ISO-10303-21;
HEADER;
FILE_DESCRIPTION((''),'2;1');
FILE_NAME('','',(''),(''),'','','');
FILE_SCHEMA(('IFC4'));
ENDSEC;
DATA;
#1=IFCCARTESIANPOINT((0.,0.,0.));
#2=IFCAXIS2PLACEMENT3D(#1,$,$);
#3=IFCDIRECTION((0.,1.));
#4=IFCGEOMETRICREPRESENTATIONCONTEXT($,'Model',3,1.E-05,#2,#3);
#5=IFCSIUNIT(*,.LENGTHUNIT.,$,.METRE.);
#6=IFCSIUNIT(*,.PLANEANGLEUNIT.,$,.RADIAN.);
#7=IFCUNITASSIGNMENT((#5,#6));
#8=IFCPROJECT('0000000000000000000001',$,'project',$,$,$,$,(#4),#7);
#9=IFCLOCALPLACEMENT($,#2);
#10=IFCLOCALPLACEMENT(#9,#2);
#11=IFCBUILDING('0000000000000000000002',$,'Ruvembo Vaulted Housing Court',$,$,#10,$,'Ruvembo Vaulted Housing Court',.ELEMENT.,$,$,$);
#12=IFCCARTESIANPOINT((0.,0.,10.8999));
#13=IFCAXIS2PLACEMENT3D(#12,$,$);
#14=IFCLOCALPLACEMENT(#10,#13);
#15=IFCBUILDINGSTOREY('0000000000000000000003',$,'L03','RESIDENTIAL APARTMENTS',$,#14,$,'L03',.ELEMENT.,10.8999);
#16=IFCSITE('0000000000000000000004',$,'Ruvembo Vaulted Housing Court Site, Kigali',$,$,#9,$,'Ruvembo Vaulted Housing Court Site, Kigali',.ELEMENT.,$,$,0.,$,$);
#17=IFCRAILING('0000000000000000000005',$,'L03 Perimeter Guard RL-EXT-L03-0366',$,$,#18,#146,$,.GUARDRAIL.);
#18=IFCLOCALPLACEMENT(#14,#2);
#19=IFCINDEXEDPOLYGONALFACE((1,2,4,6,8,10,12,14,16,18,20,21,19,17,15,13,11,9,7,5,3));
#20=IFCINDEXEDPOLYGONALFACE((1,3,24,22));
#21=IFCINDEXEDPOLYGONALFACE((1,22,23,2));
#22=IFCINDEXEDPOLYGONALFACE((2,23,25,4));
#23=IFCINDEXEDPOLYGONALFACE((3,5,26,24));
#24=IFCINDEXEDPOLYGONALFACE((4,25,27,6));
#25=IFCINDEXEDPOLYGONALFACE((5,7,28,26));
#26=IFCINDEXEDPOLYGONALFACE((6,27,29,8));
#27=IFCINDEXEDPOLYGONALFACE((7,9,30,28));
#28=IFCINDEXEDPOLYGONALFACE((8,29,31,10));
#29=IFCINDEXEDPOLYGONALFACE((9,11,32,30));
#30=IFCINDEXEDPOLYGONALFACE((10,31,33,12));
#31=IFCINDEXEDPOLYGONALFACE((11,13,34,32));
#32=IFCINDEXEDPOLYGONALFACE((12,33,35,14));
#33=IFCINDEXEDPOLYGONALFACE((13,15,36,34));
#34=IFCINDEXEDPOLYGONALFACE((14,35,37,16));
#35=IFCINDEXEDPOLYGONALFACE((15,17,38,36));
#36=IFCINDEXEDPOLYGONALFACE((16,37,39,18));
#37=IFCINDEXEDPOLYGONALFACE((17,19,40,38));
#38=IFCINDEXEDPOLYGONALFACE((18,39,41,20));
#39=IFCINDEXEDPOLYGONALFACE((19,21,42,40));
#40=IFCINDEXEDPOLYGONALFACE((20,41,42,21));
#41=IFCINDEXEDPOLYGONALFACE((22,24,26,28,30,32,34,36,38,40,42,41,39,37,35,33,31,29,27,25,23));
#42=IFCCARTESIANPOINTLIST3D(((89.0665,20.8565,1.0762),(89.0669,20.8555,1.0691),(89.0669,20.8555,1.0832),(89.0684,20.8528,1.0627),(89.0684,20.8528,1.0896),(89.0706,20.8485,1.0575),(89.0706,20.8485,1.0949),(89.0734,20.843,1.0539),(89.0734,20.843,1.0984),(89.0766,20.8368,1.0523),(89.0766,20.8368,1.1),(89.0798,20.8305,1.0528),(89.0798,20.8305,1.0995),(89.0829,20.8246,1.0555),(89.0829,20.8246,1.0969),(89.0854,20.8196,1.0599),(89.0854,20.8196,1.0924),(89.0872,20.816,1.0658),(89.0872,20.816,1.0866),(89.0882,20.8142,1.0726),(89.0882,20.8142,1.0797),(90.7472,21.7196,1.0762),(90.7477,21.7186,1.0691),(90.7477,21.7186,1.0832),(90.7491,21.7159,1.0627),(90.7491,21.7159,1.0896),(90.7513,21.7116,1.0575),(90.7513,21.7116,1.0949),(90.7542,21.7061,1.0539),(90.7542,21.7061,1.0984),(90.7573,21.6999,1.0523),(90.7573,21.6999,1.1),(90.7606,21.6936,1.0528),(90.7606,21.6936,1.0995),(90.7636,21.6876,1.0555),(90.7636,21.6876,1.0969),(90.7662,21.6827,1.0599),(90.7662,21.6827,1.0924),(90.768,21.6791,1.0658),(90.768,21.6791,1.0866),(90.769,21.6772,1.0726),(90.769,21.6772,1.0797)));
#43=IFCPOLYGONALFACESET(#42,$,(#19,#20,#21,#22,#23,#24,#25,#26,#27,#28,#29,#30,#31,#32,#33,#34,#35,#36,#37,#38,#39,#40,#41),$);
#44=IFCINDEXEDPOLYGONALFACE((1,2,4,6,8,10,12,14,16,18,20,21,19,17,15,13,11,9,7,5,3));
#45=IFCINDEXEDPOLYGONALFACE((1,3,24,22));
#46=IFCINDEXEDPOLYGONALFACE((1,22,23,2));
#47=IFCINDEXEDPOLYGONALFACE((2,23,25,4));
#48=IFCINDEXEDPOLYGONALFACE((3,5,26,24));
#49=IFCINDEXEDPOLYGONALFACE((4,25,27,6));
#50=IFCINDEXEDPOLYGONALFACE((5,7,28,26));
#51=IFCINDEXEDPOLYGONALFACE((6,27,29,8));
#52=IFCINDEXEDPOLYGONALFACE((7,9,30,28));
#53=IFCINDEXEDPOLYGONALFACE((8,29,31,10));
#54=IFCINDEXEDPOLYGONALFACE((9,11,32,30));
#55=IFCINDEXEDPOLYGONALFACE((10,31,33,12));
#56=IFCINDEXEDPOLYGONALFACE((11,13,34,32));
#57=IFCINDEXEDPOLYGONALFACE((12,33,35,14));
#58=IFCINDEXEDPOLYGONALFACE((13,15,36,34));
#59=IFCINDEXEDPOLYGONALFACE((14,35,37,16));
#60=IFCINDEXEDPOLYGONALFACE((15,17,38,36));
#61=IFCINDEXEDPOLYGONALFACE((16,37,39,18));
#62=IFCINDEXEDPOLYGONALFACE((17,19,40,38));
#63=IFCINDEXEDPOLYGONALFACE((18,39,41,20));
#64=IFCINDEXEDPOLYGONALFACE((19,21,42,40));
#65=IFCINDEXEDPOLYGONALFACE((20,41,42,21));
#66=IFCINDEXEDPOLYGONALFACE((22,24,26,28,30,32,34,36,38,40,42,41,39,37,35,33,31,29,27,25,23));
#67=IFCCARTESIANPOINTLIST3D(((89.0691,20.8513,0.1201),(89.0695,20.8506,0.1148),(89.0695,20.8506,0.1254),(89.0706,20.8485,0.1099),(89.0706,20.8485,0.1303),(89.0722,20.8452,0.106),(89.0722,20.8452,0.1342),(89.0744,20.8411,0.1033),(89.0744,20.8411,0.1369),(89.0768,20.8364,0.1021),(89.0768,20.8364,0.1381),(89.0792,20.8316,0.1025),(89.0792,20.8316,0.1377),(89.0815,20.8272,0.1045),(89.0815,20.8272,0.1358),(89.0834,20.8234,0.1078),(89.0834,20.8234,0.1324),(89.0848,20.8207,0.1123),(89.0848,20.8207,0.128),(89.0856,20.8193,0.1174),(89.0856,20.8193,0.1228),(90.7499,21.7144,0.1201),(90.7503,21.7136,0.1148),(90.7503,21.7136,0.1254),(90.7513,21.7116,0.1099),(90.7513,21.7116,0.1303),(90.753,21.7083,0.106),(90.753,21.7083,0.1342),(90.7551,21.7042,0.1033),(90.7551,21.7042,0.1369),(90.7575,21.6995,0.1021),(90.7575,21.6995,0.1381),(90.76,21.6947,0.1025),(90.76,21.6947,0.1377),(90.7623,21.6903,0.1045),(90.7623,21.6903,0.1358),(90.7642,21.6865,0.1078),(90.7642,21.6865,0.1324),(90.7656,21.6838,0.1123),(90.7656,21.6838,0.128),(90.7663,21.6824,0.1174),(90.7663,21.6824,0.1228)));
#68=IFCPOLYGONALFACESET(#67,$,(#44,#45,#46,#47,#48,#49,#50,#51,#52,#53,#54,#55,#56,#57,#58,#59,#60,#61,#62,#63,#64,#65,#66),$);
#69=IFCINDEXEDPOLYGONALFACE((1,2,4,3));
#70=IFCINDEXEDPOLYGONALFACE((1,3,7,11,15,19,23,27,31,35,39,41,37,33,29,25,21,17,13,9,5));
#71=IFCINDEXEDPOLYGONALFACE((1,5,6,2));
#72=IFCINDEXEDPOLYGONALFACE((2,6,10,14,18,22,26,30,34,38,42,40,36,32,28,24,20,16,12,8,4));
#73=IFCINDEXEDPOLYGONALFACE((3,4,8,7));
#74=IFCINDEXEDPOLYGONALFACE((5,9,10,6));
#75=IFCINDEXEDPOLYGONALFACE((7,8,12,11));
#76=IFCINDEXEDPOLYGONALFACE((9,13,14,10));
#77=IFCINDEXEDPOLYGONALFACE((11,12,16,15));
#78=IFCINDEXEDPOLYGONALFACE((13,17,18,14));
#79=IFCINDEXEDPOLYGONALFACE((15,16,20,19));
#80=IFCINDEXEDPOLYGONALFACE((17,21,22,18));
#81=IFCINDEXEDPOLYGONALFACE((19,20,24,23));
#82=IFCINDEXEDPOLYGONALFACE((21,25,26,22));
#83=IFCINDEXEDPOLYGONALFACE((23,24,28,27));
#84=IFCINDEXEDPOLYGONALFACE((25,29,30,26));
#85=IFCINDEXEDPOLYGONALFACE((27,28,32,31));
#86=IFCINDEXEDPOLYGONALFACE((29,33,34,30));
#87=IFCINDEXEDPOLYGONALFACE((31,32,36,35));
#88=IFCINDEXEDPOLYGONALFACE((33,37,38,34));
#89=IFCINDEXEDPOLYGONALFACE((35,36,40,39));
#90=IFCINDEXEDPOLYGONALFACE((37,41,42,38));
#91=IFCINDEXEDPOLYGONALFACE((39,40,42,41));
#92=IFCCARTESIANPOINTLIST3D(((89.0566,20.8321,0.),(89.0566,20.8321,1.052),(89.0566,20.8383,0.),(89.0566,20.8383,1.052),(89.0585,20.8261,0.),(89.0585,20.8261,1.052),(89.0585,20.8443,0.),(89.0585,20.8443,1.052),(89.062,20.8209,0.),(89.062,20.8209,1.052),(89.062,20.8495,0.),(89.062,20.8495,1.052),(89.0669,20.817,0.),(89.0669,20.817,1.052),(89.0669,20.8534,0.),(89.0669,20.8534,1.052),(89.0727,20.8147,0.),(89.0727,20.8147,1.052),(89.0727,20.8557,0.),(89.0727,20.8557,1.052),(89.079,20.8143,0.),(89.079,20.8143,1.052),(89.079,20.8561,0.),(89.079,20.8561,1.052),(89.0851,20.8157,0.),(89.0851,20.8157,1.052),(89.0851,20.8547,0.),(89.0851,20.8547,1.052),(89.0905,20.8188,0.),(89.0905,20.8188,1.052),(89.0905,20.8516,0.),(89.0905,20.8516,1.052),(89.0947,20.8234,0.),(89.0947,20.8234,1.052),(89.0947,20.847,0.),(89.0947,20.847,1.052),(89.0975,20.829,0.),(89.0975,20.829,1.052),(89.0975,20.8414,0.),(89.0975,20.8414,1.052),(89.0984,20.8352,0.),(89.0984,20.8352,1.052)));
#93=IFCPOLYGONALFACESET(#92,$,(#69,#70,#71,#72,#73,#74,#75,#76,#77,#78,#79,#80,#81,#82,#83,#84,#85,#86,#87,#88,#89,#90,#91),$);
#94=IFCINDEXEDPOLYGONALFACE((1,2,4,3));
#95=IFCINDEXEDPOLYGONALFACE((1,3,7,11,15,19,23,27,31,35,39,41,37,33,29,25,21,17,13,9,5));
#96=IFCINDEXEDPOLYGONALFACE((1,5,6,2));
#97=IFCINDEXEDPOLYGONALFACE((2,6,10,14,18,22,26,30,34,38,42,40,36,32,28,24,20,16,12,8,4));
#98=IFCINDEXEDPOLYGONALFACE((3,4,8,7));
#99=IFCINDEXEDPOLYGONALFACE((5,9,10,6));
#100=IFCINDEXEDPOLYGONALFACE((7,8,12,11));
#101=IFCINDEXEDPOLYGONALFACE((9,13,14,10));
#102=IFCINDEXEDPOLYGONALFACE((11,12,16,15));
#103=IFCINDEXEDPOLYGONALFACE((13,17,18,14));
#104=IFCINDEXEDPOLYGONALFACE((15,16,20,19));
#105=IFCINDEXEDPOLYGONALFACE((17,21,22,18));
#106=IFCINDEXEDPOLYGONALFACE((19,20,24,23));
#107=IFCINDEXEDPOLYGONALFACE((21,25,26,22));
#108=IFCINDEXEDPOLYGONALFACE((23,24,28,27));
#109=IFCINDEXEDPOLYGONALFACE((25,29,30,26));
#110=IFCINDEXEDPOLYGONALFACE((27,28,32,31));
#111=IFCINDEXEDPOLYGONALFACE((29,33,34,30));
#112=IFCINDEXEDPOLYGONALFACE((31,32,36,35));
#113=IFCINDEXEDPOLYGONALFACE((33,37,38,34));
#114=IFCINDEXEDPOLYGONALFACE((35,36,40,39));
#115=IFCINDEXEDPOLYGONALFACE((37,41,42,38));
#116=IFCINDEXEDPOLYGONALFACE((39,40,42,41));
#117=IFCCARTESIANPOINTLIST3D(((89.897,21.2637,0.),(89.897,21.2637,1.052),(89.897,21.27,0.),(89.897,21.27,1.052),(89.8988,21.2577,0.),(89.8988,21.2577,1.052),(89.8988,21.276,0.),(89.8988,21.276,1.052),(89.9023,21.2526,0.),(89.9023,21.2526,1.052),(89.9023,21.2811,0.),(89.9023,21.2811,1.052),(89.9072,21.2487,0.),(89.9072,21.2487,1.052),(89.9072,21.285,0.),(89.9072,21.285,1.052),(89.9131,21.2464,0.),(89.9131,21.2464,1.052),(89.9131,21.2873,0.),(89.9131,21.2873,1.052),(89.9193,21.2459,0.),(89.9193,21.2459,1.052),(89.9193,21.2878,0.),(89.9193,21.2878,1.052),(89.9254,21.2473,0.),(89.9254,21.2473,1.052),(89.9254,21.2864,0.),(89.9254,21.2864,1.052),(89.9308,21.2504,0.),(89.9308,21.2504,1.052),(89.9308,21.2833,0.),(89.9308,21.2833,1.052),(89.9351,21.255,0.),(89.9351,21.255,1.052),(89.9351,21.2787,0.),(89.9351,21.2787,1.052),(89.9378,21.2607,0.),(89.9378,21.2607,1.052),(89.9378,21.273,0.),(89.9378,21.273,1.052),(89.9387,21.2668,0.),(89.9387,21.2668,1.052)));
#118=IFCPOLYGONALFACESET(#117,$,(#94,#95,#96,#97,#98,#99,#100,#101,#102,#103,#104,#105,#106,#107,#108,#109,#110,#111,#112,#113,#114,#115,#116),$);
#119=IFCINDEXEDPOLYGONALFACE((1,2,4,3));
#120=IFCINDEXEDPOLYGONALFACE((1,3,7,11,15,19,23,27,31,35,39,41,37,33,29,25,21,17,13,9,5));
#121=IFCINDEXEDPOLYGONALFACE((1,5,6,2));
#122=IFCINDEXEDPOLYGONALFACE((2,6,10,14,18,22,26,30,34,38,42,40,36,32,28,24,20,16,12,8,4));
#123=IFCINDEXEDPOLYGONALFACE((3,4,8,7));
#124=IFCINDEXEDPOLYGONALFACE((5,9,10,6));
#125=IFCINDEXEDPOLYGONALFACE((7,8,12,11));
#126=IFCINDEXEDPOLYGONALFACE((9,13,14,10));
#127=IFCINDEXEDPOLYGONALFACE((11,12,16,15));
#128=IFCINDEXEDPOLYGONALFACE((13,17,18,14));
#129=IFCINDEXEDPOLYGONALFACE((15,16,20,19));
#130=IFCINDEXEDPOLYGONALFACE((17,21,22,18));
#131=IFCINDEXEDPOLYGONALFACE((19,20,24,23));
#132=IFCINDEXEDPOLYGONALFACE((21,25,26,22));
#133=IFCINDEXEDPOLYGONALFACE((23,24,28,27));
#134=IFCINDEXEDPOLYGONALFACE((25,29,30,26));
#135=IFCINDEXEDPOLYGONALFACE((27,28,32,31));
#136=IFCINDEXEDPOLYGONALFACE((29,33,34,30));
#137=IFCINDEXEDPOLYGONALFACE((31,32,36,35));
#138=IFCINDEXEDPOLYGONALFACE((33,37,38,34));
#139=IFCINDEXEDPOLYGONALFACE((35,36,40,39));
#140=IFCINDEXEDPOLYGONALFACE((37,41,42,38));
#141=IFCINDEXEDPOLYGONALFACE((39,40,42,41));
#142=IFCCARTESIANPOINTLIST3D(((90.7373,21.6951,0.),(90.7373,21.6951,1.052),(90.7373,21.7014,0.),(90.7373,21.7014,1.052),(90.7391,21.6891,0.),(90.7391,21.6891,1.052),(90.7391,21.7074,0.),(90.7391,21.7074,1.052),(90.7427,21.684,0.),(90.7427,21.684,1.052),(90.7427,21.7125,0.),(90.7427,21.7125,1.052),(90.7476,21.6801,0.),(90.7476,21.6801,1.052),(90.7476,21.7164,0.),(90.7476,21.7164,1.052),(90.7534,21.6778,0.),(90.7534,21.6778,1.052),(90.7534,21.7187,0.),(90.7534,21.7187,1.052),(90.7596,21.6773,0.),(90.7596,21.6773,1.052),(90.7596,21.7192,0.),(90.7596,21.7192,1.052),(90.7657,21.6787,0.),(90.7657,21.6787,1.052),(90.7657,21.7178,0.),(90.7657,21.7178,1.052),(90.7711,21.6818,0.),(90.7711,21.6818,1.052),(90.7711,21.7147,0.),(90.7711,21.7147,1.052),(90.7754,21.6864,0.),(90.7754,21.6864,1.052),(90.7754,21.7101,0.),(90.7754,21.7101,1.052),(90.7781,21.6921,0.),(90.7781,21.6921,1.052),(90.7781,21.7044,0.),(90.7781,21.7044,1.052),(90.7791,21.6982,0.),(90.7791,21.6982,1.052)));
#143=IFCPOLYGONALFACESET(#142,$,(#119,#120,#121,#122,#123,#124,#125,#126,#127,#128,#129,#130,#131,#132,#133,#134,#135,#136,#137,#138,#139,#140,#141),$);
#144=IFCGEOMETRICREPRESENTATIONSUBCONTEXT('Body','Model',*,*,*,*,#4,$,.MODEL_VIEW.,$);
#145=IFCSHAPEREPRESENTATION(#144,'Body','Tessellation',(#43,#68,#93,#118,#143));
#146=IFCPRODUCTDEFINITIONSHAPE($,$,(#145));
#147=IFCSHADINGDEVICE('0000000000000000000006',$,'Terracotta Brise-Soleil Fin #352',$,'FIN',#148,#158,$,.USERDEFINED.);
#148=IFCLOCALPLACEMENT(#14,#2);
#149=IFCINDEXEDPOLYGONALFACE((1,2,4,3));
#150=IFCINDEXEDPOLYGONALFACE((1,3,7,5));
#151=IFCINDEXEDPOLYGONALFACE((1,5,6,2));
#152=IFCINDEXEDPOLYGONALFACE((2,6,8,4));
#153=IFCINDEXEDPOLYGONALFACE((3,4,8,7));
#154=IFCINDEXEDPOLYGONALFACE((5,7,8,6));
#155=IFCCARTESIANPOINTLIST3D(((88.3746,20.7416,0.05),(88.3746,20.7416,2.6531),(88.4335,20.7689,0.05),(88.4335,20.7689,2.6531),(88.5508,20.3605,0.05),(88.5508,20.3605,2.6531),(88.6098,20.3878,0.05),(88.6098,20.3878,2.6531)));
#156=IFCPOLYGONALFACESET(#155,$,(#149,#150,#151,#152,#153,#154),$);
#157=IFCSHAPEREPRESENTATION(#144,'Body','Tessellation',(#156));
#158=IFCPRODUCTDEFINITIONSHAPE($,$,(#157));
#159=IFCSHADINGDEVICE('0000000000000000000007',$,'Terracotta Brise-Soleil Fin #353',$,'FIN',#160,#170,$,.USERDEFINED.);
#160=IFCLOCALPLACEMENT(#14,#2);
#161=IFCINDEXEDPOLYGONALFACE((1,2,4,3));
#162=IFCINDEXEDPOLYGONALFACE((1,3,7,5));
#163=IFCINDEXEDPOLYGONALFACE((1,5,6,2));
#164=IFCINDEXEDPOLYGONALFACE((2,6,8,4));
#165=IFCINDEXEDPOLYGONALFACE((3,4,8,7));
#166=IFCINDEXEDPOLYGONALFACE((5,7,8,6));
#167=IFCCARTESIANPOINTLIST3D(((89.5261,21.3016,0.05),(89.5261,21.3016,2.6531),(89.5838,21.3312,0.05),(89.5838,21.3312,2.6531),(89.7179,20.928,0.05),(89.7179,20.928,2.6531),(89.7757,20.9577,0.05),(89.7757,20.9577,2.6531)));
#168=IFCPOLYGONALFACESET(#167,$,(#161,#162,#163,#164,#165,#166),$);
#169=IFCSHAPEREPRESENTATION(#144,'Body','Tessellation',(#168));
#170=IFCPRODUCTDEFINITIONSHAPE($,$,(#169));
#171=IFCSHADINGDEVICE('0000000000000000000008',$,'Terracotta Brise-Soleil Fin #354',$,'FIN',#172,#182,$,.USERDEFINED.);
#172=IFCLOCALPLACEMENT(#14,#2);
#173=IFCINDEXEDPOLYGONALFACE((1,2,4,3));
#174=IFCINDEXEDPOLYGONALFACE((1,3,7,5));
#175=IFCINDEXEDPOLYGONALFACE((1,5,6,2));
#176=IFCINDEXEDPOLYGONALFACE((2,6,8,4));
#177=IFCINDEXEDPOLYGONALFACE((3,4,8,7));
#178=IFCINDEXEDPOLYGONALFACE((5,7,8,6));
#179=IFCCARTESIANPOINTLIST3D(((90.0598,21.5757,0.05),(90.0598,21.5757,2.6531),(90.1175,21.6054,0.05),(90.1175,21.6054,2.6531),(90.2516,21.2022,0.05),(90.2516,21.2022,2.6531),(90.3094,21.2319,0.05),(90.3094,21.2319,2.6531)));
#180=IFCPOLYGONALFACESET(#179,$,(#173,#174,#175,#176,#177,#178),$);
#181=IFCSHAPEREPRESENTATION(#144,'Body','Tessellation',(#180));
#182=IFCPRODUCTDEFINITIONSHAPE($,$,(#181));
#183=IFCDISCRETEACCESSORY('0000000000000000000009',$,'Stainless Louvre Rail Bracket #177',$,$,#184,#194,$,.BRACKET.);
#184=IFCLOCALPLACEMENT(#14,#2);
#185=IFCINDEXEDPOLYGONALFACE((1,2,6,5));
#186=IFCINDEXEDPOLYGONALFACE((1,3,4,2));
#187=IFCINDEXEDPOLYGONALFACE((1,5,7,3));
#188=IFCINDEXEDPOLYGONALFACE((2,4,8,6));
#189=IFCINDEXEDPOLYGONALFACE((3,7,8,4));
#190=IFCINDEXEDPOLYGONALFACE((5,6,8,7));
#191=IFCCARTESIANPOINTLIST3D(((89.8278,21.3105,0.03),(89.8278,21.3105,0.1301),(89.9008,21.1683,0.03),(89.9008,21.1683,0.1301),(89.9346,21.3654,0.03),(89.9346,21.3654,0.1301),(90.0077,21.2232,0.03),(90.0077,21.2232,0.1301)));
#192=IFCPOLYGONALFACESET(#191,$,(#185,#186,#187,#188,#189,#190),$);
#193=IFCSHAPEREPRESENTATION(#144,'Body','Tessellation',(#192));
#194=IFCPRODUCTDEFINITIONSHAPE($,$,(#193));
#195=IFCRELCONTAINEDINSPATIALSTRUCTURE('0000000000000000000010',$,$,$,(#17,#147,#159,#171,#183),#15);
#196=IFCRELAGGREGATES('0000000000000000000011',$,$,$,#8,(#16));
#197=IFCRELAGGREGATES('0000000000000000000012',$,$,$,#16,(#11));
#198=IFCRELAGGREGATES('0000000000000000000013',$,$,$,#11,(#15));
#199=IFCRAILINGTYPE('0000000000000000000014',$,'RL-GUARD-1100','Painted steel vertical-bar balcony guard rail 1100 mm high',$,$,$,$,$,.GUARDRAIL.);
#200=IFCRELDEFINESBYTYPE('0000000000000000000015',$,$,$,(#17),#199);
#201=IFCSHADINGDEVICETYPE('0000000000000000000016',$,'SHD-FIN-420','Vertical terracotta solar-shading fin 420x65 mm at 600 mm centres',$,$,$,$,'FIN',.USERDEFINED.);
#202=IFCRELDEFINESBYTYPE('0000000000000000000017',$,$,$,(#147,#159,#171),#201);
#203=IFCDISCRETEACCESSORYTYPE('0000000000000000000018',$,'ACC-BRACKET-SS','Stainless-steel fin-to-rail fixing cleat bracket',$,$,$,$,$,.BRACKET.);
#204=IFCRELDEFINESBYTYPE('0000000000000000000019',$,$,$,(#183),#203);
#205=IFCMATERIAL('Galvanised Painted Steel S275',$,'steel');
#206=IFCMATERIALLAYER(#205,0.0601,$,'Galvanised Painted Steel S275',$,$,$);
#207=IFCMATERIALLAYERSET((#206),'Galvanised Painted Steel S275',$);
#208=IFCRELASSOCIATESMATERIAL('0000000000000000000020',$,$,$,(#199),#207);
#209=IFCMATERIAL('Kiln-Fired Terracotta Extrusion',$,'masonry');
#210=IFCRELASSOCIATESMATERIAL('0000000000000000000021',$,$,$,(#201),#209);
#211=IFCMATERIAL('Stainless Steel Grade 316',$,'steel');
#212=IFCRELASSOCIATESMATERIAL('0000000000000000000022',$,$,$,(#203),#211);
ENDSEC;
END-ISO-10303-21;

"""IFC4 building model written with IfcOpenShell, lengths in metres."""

from ifc_helpers import new_model, si_unit, direction, frame, origin, origin_2d, place, context, subcontext, project, spatial, rectangle, circle, extrude, material, layer, layer_set, type_object, element, save


model = new_model("IFC4")

# Units and contexts
model_context = context("Model", 3, precision=1e-05, world=origin(), true_north=direction((0.0, 1.0)))
body_context = subcontext(model_context, "Body", "Model", "MODEL_VIEW")
ifc_project = project(units=[si_unit("LENGTHUNIT", "METRE"), si_unit("PLANEANGLEUNIT", "RADIAN")], contexts=[model_context])

# Site, building, storey
site_placement = place(None, origin())
site = spatial("IfcSite", under=ifc_project, at=site_placement, Name="Ruvembo Vaulted Housing Court Site, Kigali", LongName="Ruvembo Vaulted Housing Court Site, Kigali", CompositionType="ELEMENT", RefElevation=0.0)
building_placement = place(site_placement, origin())
building = spatial("IfcBuilding", under=site, at=building_placement, Name="Ruvembo Vaulted Housing Court", LongName="Ruvembo Vaulted Housing Court", CompositionType="ELEMENT")
storey_placement = place(building_placement, frame((0.0, 0.0, 10.8999)))
storey = spatial("IfcBuildingStorey", under=building, at=storey_placement, Name="L03", Description="RESIDENTIAL APARTMENTS", LongName="L03", CompositionType="ELEMENT", Elevation=10.8999)

# Railing
ifc_material_1 = material(Name="Galvanised Painted Steel S275", Category="steel")
ifc_layer_1 = layer(ifc_material_1, 0.0601, Name="Galvanised Painted Steel S275")
ifc_layer_set_1 = layer_set([ifc_layer_1], Name="Galvanised Painted Steel S275")
railing_type = type_object("IfcRailingType", Name="RL-GUARD-1100", Description="Painted steel vertical-bar balcony guard rail 1100 mm high", PredefinedType="GUARDRAIL", material=ifc_layer_set_1)
railing_placement = place(storey_placement, frame((89.0774, 20.8352, 0.0)))
element("IfcRailing", 1, at=railing_placement, inside=storey, type_object=railing_type, Name="L03 Perimeter Guard RL-EXT-L03-0366", PredefinedType="GUARDRAIL", context=body_context, shape_type="SweptSolid", body=[
    extrude(circle(Radius=0.0239, at=origin_2d()), frame((0.0, 0.0, 1.0762), z_axis=(0.889568, 0.456802, 0.0), x_axis=(-0.456802, 0.889568, 0.0)), (0.0, 0.0, 1.0), 1.8894),
    extrude(circle(Radius=0.0181, at=origin_2d()), frame((0.0, 0.0, 0.1201), z_axis=(0.889568, 0.456802, 0.0), x_axis=(-0.456802, 0.889568, 0.0)), (0.0, 0.0, 1.0), 1.8894),
    extrude(circle(Radius=0.021, at=origin_2d()), origin(), (0.0, 0.0, 1.0), 1.052),
    extrude(circle(Radius=0.021, at=origin_2d()), frame((0.8403, 0.4316, 0.0)), (0.0, 0.0, 1.0), 1.052),
    extrude(circle(Radius=0.021, at=origin_2d()), frame((1.6807, 0.863, 0.0)), (0.0, 0.0, 1.0), 1.052),
])

# Shading devices
ifc_material_2 = material(Name="Kiln-Fired Terracotta Extrusion", Category="masonry")
shading_device_type = type_object("IfcShadingDeviceType", Name="SHD-FIN-420", Description="Vertical terracotta solar-shading fin 420x65 mm at 600 mm centres", ElementType="FIN", PredefinedType="USERDEFINED", material=ifc_material_2)
for number, where, z_axis, x_axis, name in (
    (2, (88.4922, 20.5647, 0.05), (0.0, 0.0, 1.0), (0.419737, -0.907646, 0.0), "Terracotta Brise-Soleil Fin #352"),
    (3, (89.6509, 21.1296, 0.05), (0.0, 0.0, 1.0), (0.45685, -0.889544, 0.0), "Terracotta Brise-Soleil Fin #353"),
    (4, (90.1846, 21.4038, 0.05), (0.0, 0.0, 1.0), (0.45685, -0.889544, 0.0), "Terracotta Brise-Soleil Fin #354"),
):
    element("IfcShadingDevice", number, at=place(storey_placement, frame(where, z_axis=z_axis, x_axis=x_axis)), inside=storey, type_object=shading_device_type, Name=name, ObjectType="FIN", PredefinedType="USERDEFINED", context=body_context, shape_type="SweptSolid", body=[
        extrude(rectangle(XDim=0.4199, YDim=0.0649, at=origin_2d()), origin(), (0.0, 0.0, 1.0), 2.603),
    ])

# Discrete accessory
ifc_material_3 = material(Name="Stainless Steel Grade 316", Category="steel")
discrete_accessory_type = type_object("IfcDiscreteAccessoryType", Name="ACC-BRACKET-SS", Description="Stainless-steel fin-to-rail fixing cleat bracket", PredefinedType="BRACKET", material=ifc_material_3)
discrete_accessory_placement = place(storey_placement, frame((89.9177, 21.2668, 0.03), z_axis=(0.0, 0.0, 1.0), x_axis=(0.45685, -0.889544, 0.0)))
element("IfcDiscreteAccessory", 5, at=discrete_accessory_placement, inside=storey, type_object=discrete_accessory_type, Name="Stainless Louvre Rail Bracket #177", PredefinedType="BRACKET", context=body_context, shape_type="SweptSolid", body=[
    extrude(rectangle(XDim=0.1599, YDim=0.1201, at=origin_2d()), origin(), (0.0, 0.0, 1.0), 0.1001),
])

save(model, "model.ifc")
